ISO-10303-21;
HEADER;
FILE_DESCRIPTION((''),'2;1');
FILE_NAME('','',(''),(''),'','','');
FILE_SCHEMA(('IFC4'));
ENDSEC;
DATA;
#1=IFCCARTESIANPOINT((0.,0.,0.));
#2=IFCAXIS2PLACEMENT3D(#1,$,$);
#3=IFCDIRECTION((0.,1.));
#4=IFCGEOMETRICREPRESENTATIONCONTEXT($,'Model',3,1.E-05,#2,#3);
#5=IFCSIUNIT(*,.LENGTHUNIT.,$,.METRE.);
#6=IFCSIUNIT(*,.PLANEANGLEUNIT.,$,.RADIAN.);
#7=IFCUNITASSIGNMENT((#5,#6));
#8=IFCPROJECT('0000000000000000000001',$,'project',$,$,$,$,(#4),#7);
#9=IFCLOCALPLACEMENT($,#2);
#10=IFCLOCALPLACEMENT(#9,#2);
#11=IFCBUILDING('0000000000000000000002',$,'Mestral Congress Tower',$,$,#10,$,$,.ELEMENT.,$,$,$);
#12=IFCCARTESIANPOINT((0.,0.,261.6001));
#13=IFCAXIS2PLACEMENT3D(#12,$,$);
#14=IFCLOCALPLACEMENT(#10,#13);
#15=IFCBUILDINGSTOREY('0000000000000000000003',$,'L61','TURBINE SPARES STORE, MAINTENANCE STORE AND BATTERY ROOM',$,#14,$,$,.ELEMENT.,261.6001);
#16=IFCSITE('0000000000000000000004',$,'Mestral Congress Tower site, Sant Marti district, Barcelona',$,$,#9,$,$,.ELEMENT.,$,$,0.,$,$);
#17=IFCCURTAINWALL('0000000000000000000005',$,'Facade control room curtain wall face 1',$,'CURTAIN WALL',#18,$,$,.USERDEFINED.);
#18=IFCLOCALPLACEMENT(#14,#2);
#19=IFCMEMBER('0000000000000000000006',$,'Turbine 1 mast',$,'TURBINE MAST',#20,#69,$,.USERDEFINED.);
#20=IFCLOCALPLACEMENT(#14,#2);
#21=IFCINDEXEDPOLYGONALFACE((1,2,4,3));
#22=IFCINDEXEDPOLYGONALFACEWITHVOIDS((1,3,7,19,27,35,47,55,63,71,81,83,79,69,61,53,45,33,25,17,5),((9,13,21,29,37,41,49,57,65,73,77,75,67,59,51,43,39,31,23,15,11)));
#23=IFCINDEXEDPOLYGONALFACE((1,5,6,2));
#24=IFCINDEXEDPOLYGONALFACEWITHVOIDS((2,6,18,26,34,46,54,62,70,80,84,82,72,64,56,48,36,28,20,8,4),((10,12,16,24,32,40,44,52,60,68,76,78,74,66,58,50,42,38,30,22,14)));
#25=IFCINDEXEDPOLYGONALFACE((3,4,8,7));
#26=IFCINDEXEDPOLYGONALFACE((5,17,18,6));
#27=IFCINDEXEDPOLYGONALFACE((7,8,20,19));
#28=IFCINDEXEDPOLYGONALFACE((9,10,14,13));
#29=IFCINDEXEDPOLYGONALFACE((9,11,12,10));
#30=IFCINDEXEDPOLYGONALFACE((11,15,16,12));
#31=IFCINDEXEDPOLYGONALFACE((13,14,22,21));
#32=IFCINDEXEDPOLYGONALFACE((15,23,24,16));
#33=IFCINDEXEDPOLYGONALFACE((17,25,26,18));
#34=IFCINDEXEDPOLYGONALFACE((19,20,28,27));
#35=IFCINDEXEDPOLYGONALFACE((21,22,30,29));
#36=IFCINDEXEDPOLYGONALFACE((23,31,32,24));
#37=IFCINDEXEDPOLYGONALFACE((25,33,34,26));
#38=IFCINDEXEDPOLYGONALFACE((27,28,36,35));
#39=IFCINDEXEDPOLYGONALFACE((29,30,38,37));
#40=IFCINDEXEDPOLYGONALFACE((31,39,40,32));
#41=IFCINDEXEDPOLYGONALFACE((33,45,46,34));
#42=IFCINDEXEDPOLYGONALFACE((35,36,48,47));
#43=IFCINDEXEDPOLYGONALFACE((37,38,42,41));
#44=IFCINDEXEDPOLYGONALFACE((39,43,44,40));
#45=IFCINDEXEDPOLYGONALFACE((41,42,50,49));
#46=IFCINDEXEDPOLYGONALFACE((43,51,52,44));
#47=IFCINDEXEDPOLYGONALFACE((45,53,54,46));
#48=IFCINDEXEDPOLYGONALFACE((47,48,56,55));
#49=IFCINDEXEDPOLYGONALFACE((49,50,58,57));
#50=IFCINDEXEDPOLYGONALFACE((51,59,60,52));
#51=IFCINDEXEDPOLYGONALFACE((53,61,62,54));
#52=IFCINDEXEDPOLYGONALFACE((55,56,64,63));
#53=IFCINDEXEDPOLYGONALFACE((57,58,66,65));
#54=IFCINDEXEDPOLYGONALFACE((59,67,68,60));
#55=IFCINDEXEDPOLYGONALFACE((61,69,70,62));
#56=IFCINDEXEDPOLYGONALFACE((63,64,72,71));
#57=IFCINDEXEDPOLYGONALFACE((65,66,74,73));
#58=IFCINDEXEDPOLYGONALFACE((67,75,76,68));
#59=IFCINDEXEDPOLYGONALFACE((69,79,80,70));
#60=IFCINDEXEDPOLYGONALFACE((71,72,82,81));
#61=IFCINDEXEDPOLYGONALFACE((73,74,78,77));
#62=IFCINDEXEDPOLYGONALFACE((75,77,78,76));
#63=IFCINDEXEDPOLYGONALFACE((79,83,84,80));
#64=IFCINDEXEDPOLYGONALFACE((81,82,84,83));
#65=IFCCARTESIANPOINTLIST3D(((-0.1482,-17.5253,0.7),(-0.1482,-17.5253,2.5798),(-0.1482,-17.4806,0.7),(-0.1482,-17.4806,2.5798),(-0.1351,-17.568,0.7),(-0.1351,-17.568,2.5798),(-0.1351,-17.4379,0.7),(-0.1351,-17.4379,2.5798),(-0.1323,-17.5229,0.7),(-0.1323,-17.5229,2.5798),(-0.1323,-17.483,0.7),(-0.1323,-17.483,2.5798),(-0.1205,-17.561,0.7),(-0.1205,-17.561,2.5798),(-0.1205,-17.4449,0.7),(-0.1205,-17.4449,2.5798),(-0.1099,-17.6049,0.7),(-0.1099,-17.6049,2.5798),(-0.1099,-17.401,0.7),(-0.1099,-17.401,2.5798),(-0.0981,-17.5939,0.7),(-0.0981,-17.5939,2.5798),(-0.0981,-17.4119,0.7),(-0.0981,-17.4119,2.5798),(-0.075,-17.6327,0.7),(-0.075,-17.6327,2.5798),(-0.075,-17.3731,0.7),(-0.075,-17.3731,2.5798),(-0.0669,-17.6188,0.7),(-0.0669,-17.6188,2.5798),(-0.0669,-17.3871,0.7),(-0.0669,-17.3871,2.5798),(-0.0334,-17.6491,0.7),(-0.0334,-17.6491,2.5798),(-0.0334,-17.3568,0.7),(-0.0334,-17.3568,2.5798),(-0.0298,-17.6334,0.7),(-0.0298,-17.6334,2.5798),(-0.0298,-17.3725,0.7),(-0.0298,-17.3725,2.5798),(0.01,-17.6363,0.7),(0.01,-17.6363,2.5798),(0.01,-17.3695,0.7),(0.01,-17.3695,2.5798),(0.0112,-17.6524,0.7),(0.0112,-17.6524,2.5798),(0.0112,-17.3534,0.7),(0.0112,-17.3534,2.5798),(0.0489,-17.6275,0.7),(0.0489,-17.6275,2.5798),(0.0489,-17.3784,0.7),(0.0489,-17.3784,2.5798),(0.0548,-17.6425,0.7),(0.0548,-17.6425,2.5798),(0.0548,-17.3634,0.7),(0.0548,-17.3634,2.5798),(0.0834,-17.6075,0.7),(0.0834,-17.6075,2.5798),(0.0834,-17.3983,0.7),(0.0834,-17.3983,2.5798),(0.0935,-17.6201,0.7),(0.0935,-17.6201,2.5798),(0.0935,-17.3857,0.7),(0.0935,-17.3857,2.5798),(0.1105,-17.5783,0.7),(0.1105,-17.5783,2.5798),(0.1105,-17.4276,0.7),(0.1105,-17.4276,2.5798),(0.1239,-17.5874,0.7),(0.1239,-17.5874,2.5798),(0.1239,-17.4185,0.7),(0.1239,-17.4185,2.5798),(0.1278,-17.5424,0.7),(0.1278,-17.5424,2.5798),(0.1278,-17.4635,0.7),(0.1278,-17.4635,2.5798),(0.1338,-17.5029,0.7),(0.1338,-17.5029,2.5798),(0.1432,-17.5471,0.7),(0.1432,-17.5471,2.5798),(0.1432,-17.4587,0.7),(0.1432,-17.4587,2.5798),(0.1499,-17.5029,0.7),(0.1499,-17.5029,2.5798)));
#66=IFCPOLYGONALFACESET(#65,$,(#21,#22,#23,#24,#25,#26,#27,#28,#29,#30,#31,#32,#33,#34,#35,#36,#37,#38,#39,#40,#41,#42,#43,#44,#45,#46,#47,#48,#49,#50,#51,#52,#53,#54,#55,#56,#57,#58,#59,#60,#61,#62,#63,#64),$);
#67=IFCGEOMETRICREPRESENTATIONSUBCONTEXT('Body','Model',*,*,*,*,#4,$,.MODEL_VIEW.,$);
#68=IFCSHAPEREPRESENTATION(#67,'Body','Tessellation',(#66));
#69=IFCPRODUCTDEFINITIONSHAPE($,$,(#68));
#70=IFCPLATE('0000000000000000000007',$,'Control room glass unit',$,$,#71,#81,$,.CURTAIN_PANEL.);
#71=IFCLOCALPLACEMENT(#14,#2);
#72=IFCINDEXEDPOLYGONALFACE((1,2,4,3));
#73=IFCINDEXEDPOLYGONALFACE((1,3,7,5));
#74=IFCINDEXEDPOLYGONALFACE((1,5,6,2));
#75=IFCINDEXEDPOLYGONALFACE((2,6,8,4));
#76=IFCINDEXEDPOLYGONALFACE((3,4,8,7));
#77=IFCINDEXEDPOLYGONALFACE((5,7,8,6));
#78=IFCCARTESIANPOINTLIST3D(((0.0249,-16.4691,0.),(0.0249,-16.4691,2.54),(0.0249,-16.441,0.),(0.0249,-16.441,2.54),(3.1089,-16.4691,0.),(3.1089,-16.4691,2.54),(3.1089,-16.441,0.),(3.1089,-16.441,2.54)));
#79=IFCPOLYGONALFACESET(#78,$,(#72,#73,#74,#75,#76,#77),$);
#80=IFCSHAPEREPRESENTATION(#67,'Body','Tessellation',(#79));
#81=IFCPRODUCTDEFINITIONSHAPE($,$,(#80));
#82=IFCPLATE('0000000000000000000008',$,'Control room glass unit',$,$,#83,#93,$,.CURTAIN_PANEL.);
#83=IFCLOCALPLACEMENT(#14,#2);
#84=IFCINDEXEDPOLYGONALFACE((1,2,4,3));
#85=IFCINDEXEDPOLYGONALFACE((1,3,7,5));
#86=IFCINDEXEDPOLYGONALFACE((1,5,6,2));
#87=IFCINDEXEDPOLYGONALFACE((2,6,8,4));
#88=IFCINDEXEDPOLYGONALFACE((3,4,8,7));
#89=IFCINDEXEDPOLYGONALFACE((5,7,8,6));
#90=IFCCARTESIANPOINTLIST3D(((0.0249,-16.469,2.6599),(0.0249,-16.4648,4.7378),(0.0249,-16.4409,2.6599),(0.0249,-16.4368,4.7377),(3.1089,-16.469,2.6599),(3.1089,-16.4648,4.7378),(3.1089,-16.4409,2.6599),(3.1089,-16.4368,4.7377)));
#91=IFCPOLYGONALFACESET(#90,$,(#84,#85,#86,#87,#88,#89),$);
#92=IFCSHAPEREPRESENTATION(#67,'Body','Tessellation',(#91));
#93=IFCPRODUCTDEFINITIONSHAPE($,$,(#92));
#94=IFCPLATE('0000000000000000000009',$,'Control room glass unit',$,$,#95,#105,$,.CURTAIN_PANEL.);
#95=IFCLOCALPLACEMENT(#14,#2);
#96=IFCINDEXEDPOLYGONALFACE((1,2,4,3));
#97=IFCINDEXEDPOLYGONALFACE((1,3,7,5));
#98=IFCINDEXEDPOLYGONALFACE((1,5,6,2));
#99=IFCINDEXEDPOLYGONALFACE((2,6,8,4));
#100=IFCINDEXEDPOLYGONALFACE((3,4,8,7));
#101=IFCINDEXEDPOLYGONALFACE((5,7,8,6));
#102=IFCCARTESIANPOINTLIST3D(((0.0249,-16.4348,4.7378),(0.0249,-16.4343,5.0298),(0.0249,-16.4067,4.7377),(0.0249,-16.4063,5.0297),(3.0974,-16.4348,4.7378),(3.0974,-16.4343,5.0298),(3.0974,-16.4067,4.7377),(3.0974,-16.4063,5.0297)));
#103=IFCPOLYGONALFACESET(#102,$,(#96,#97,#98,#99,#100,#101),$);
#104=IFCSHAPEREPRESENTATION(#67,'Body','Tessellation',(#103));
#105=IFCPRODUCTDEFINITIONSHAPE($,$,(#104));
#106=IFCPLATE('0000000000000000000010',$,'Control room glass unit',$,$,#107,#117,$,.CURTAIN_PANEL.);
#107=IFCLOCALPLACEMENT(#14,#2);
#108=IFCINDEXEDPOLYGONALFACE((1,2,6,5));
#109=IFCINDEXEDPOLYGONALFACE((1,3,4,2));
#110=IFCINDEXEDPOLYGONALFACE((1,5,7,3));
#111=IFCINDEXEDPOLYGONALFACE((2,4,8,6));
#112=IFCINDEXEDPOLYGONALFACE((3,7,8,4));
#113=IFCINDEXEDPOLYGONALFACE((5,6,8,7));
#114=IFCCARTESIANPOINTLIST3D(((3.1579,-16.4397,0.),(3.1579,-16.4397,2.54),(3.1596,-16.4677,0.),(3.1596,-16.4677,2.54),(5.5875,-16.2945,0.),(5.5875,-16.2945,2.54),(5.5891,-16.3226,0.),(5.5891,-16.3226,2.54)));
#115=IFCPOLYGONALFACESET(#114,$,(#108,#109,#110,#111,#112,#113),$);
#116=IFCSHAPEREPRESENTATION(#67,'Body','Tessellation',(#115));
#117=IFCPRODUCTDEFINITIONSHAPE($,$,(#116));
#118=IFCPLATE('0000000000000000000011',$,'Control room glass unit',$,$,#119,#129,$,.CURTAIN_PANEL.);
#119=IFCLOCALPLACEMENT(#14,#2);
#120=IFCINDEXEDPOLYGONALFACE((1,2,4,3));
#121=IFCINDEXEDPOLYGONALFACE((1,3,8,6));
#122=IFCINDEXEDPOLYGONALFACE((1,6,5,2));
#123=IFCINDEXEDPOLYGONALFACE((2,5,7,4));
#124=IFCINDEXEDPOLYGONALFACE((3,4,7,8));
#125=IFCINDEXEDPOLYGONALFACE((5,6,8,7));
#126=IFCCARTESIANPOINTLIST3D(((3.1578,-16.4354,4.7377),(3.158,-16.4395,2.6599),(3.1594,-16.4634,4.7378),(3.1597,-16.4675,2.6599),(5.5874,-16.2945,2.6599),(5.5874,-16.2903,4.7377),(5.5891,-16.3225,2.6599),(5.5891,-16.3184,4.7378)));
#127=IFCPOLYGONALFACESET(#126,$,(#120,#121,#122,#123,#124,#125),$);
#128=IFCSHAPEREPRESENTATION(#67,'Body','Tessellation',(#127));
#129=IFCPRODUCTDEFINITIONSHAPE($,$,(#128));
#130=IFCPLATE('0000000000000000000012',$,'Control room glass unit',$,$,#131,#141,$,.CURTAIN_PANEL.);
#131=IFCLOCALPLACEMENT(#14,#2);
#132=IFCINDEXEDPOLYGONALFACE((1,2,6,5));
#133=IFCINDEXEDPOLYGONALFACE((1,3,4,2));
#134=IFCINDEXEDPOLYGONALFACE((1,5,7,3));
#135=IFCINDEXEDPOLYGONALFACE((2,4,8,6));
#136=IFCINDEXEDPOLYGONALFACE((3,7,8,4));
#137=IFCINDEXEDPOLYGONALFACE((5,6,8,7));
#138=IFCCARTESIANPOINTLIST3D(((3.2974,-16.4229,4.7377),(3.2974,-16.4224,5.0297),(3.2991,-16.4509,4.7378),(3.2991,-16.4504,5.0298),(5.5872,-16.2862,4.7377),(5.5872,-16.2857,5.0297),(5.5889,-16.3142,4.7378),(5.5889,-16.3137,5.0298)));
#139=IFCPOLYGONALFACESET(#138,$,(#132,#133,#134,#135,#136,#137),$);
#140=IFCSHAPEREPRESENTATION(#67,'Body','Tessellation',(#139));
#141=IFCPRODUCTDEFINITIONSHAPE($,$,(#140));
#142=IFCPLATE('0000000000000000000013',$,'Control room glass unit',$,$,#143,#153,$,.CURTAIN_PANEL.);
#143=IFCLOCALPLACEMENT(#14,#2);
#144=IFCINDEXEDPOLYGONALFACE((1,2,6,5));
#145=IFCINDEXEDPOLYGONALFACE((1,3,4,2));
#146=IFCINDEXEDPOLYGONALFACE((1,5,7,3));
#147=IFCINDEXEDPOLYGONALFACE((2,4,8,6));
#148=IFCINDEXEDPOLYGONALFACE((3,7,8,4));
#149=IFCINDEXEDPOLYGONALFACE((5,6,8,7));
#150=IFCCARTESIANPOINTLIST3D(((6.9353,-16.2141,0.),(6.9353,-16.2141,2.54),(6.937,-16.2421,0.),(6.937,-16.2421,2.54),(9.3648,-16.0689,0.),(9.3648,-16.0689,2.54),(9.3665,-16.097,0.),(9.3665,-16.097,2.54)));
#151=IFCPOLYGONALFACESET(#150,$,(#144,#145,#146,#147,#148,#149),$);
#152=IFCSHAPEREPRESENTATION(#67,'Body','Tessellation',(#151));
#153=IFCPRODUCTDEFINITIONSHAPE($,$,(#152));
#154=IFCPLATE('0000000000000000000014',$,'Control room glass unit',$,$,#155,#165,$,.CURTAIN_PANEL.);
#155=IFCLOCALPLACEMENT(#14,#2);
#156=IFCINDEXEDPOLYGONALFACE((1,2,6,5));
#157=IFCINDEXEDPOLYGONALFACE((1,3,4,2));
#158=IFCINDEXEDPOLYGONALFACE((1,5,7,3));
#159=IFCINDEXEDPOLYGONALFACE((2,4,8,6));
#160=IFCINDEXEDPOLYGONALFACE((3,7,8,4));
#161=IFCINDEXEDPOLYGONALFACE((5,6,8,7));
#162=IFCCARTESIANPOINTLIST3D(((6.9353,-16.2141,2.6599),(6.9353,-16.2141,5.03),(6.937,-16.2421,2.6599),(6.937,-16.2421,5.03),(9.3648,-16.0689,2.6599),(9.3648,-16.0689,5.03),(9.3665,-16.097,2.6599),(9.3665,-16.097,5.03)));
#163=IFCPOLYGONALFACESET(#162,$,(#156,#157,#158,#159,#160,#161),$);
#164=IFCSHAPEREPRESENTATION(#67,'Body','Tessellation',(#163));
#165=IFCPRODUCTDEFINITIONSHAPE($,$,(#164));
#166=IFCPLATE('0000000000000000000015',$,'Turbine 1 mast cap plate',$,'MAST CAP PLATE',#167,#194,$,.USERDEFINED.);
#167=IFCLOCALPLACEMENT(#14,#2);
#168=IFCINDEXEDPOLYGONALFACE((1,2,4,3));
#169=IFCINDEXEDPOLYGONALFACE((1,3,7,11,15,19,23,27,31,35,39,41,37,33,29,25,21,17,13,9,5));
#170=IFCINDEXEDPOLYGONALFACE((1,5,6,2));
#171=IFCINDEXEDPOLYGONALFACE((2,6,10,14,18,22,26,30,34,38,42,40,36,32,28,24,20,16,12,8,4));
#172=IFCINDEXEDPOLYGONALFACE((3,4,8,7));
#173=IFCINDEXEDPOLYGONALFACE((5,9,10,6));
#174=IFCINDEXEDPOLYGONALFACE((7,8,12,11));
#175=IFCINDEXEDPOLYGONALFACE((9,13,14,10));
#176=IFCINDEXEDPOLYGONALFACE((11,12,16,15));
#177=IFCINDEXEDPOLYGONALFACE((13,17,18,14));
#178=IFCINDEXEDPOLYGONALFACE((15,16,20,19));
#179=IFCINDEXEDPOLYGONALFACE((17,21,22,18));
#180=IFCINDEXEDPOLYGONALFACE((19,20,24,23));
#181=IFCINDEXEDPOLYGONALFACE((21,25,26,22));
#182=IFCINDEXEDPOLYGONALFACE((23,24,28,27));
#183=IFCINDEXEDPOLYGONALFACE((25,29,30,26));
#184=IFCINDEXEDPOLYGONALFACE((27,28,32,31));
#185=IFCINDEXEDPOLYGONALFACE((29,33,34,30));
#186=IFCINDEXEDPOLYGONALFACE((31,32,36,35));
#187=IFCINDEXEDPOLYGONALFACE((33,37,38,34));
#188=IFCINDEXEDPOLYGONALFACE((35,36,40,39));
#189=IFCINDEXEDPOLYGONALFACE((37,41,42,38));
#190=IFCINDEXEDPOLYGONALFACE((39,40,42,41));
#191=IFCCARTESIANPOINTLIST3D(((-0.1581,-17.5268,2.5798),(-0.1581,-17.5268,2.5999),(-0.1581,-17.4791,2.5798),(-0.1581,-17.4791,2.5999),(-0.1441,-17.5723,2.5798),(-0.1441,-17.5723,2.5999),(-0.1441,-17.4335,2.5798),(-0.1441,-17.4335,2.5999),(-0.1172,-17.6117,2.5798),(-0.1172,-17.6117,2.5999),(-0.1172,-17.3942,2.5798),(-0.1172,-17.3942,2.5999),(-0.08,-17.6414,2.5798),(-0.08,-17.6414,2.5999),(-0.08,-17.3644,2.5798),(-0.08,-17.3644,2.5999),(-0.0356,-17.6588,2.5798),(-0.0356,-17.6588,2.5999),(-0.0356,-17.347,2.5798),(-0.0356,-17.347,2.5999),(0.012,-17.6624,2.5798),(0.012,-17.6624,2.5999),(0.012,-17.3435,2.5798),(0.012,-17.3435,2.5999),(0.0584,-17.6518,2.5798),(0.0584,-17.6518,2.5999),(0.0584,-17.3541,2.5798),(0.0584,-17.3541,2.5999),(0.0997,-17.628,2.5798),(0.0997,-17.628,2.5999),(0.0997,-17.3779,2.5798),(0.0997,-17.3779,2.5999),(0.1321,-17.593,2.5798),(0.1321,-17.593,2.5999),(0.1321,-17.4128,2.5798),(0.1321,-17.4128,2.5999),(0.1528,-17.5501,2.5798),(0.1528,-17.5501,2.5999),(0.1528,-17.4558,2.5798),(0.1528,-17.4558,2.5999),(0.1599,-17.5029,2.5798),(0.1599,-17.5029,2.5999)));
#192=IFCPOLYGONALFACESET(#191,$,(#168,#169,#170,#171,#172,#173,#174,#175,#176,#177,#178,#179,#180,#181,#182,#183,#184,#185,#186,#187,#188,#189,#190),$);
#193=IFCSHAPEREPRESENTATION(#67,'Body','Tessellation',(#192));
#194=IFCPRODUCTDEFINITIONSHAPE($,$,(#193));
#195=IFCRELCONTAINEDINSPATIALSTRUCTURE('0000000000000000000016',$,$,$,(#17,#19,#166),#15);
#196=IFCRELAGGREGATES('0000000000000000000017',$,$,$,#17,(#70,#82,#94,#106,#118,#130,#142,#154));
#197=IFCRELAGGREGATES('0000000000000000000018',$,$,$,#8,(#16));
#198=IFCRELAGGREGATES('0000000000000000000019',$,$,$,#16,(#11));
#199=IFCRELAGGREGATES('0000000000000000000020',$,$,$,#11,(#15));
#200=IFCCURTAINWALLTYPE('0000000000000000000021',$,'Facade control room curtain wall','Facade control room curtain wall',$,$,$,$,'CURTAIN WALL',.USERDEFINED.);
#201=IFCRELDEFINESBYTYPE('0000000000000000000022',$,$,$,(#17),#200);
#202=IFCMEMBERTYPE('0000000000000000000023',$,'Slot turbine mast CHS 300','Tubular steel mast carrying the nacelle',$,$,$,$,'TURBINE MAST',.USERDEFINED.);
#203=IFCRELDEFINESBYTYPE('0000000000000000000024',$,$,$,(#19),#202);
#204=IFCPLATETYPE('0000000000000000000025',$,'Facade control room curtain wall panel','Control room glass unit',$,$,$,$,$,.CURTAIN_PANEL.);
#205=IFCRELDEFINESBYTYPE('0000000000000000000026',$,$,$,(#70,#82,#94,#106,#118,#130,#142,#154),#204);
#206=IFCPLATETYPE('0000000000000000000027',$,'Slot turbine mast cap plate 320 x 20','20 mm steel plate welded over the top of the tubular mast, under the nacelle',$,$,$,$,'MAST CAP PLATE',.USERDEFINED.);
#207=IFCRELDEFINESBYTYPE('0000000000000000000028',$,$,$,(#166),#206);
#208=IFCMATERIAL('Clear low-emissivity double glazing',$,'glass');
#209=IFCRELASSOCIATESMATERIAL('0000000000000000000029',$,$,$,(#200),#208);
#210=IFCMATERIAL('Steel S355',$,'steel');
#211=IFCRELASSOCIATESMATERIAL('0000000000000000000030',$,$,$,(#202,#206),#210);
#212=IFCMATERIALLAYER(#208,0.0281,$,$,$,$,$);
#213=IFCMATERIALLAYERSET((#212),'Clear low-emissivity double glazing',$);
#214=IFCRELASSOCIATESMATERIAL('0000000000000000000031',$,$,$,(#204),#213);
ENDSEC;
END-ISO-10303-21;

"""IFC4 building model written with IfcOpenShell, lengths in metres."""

from ifc_helpers import new_model, si_unit, direction, frame, origin, origin_2d, place, context, subcontext, project, spatial, polyline, rectangle, circle, hollow_circle, outline, extrude, material, layer, layer_set, material_profile, profile_set, type_object, element, aggregate, save


model = new_model("IFC4")

# Units and contexts
model_context = context("Model", 3, precision=1e-05, world=origin(), true_north=direction((0.0, 1.0)))
body_context = subcontext(model_context, "Body", "Model", "MODEL_VIEW")
ifc_project = project(units=[si_unit("LENGTHUNIT", "METRE"), si_unit("PLANEANGLEUNIT", "RADIAN")], contexts=[model_context])

# Site, building, storey
site_placement = place(None, origin())
site = spatial("IfcSite", under=ifc_project, at=site_placement, Name="Mestral Congress Tower site, Sant Marti district, Barcelona", CompositionType="ELEMENT", RefElevation=0.0)
building_placement = place(site_placement, origin())
building = spatial("IfcBuilding", under=site, at=building_placement, Name="Mestral Congress Tower", CompositionType="ELEMENT")
storey_placement = place(building_placement, frame((0.0, 0.0, 261.6001)))
storey = spatial("IfcBuildingStorey", under=building, at=storey_placement, Name="L61", Description="TURBINE SPARES STORE, MAINTENANCE STORE AND BATTERY ROOM", CompositionType="ELEMENT", Elevation=261.6001)

# Curtain wall
ifc_material_1 = material(Name="Clear low-emissivity double glazing", Category="glass")
curtain_wall_type = type_object("IfcCurtainWallType", Name="Facade control room curtain wall", Description="Facade control room curtain wall", ElementType="CURTAIN WALL", PredefinedType="USERDEFINED", material=ifc_material_1)
curtain_wall_placement = place(storey_placement, origin())
curtain_wall = element("IfcCurtainWall", 1, at=curtain_wall_placement, inside=storey, type_object=curtain_wall_type, Name="Facade control room curtain wall face 1", ObjectType="CURTAIN WALL", PredefinedType="USERDEFINED")

# Shared definitions
ifc_material_2 = material(Name="Steel S355", Category="steel")

# Member
ifc_material_profile_1 = material_profile(ifc_material_2, hollow_circle(Radius=0.1499, WallThickness=0.0161, at=origin_2d()), Name="CHS 300 x 16")
ifc_profile_set_1 = profile_set([ifc_material_profile_1], Name="Steel S355")
member_type_1 = type_object("IfcMemberType", Name="Slot turbine mast CHS 300", Description="Tubular steel mast carrying the nacelle", ElementType="TURBINE MAST", PredefinedType="USERDEFINED", material=ifc_profile_set_1)
member_1_placement = place(storey_placement, frame((0.0, -17.5029, 0.7), z_axis=(0.0, 0.0, 1.0), x_axis=(1.0, 0.0, 0.0)))
element("IfcMember", 2, at=member_1_placement, inside=storey, type_object=member_type_1, Name="Turbine 1 mast", ObjectType="TURBINE MAST", PredefinedType="USERDEFINED", context=body_context, shape_type="SweptSolid", body=[
    extrude(hollow_circle(Radius=0.1499, WallThickness=0.0161, at=origin_2d()), origin(), (0.0, 0.0, 1.0), 1.8799),
])

# Plates
ifc_layer_1 = layer(ifc_material_1, 0.0281)
ifc_layer_set_1 = layer_set([ifc_layer_1], Name="Clear low-emissivity double glazing")
plate_type_1 = type_object("IfcPlateType", Name="Facade control room curtain wall panel", Description="Control room glass unit", PredefinedType="CURTAIN_PANEL", material=ifc_layer_set_1)
plate_1_placement = place(storey_placement, frame((1.5669, -16.4551, 0.0), z_axis=(0.0, 0.0, 1.0), x_axis=(1.0, 0.0, 0.0)))
plate_1 = element("IfcPlate", 3, at=plate_1_placement, type_object=plate_type_1, Name="Control room glass unit", PredefinedType="CURTAIN_PANEL", context=body_context, shape_type="SweptSolid", body=[
    extrude(rectangle(XDim=3.084, YDim=0.0281, at=origin_2d()), origin(), (0.0, 0.0, 1.0), 2.54),
])
plate_2_placement = place(storey_placement, frame((3.1089, -16.469, 2.6599), z_axis=(0.0, -0.999998, 0.001997), x_axis=(-1.0, 0.0, 0.0)))
plate_2 = element("IfcPlate", 4, at=plate_2_placement, type_object=plate_type_1, Name="Control room glass unit", PredefinedType="CURTAIN_PANEL", context=body_context, shape_type="SweptSolid", body=[
    extrude(outline(polyline([(0.0, 0.0), (3.084, 0.0), (3.084, -2.0779), (0.0, -2.0779), (0.0, 0.0)])), origin(), (0.0, 0.0, -1.0), 0.0281),
])
plate_3_placement = place(storey_placement, frame((0.0249, -16.4348, 4.7378), z_axis=(0.0, -0.999999, 0.001672), x_axis=(0.0, 0.001672, 0.999999)))
plate_3 = element("IfcPlate", 5, at=plate_3_placement, type_object=plate_type_1, Name="Control room glass unit", PredefinedType="CURTAIN_PANEL", context=body_context, shape_type="SweptSolid", body=[
    extrude(outline(polyline([(0.0, 0.0), (0.292, 0.0), (0.292, -3.0725), (0.0, -3.0725), (0.0, 0.0)])), origin(), (0.0, 0.0, -1.0), 0.0281),
])
plate_4_placement = place(storey_placement, frame((4.3735, -16.3811, 0.0), z_axis=(0.0, 0.0, 1.0), x_axis=(0.998221, 0.059629, 0.0)))
plate_4 = element("IfcPlate", 6, at=plate_4_placement, type_object=plate_type_1, Name="Control room glass unit", PredefinedType="CURTAIN_PANEL", context=body_context, shape_type="SweptSolid", body=[
    extrude(rectangle(XDim=2.4338, YDim=0.0281, at=origin_2d()), origin(), (0.0, 0.0, 1.0), 2.54),
])
plate_5_placement = place(storey_placement, frame((5.5891, -16.3225, 2.6599), z_axis=(0.059583, -0.998221, 0.001997), x_axis=(-0.998223, -0.059583, 0.0)))
plate_5 = element("IfcPlate", 7, at=plate_5_placement, type_object=plate_type_1, Name="Control room glass unit", PredefinedType="CURTAIN_PANEL", context=body_context, shape_type="SweptSolid", body=[
    extrude(outline(polyline([(0.0, 0.0), (2.4338, 0.0), (2.4338, -2.0779), (-0.0002, -2.0779), (0.0, 0.0)])), origin(), (0.0, 0.0, -1.0), 0.0281),
])
plate_6_placement = place(storey_placement, frame((5.5889, -16.3137, 5.0298), z_axis=(0.059602, -0.998221, 0.001669), x_axis=(0.0, -0.001672, -0.999999)))
plate_6 = element("IfcPlate", 8, at=plate_6_placement, type_object=plate_type_1, Name="Control room glass unit", PredefinedType="CURTAIN_PANEL", context=body_context, shape_type="SweptSolid", body=[
    extrude(outline(polyline([(0.0, 0.0), (0.292, 0.0), (0.2922, -2.2939), (0.0002, -2.2939), (0.0, 0.0)])), origin(), (0.0, 0.0, -1.0), 0.0281),
])
plate_7_placement = place(storey_placement, frame((8.1509, -16.1555, 0.0), z_axis=(0.0, 0.0, 1.0), x_axis=(0.998221, 0.059629, 0.0)))
plate_7 = element("IfcPlate", 9, at=plate_7_placement, type_object=plate_type_1, Name="Control room glass unit", PredefinedType="CURTAIN_PANEL", context=body_context, shape_type="SweptSolid", body=[
    extrude(rectangle(XDim=2.4338, YDim=0.0281, at=origin_2d()), origin(), (0.0, 0.0, 1.0), 2.54),
])
plate_8_placement = place(storey_placement, frame((8.1509, -16.1555, 2.6599), z_axis=(0.0, 0.0, 1.0), x_axis=(0.998221, 0.059629, 0.0)))
plate_8 = element("IfcPlate", 10, at=plate_8_placement, type_object=plate_type_1, Name="Control room glass unit", PredefinedType="CURTAIN_PANEL", context=body_context, shape_type="SweptSolid", body=[
    extrude(rectangle(XDim=2.4338, YDim=0.0281, at=origin_2d()), origin(), (0.0, 0.0, 1.0), 2.3701),
])
aggregate(curtain_wall, [plate_1, plate_2, plate_3, plate_4, plate_5, plate_6, plate_7, plate_8])
ifc_material_profile_2 = material_profile(ifc_material_2, circle(Radius=0.1599, at=origin_2d()), Name="Cap 320")
ifc_profile_set_2 = profile_set([ifc_material_profile_2], Name="Steel S355")
plate_type_2 = type_object("IfcPlateType", Name="Slot turbine mast cap plate 320 x 20", Description="20 mm steel plate welded over the top of the tubular mast, under the nacelle", ElementType="MAST CAP PLATE", PredefinedType="USERDEFINED", material=ifc_profile_set_2)
plate_9_placement = place(storey_placement, frame((0.0, -17.5029, 2.5798), z_axis=(0.0, 0.0, 1.0), x_axis=(1.0, 0.0, 0.0)))
element("IfcPlate", 11, at=plate_9_placement, inside=storey, type_object=plate_type_2, Name="Turbine 1 mast cap plate", ObjectType="MAST CAP PLATE", PredefinedType="USERDEFINED", context=body_context, shape_type="SweptSolid", body=[
    extrude(circle(Radius=0.1599, at=origin_2d()), origin(), (0.0, 0.0, 1.0), 0.02),
])

save(model, "model.ifc")
